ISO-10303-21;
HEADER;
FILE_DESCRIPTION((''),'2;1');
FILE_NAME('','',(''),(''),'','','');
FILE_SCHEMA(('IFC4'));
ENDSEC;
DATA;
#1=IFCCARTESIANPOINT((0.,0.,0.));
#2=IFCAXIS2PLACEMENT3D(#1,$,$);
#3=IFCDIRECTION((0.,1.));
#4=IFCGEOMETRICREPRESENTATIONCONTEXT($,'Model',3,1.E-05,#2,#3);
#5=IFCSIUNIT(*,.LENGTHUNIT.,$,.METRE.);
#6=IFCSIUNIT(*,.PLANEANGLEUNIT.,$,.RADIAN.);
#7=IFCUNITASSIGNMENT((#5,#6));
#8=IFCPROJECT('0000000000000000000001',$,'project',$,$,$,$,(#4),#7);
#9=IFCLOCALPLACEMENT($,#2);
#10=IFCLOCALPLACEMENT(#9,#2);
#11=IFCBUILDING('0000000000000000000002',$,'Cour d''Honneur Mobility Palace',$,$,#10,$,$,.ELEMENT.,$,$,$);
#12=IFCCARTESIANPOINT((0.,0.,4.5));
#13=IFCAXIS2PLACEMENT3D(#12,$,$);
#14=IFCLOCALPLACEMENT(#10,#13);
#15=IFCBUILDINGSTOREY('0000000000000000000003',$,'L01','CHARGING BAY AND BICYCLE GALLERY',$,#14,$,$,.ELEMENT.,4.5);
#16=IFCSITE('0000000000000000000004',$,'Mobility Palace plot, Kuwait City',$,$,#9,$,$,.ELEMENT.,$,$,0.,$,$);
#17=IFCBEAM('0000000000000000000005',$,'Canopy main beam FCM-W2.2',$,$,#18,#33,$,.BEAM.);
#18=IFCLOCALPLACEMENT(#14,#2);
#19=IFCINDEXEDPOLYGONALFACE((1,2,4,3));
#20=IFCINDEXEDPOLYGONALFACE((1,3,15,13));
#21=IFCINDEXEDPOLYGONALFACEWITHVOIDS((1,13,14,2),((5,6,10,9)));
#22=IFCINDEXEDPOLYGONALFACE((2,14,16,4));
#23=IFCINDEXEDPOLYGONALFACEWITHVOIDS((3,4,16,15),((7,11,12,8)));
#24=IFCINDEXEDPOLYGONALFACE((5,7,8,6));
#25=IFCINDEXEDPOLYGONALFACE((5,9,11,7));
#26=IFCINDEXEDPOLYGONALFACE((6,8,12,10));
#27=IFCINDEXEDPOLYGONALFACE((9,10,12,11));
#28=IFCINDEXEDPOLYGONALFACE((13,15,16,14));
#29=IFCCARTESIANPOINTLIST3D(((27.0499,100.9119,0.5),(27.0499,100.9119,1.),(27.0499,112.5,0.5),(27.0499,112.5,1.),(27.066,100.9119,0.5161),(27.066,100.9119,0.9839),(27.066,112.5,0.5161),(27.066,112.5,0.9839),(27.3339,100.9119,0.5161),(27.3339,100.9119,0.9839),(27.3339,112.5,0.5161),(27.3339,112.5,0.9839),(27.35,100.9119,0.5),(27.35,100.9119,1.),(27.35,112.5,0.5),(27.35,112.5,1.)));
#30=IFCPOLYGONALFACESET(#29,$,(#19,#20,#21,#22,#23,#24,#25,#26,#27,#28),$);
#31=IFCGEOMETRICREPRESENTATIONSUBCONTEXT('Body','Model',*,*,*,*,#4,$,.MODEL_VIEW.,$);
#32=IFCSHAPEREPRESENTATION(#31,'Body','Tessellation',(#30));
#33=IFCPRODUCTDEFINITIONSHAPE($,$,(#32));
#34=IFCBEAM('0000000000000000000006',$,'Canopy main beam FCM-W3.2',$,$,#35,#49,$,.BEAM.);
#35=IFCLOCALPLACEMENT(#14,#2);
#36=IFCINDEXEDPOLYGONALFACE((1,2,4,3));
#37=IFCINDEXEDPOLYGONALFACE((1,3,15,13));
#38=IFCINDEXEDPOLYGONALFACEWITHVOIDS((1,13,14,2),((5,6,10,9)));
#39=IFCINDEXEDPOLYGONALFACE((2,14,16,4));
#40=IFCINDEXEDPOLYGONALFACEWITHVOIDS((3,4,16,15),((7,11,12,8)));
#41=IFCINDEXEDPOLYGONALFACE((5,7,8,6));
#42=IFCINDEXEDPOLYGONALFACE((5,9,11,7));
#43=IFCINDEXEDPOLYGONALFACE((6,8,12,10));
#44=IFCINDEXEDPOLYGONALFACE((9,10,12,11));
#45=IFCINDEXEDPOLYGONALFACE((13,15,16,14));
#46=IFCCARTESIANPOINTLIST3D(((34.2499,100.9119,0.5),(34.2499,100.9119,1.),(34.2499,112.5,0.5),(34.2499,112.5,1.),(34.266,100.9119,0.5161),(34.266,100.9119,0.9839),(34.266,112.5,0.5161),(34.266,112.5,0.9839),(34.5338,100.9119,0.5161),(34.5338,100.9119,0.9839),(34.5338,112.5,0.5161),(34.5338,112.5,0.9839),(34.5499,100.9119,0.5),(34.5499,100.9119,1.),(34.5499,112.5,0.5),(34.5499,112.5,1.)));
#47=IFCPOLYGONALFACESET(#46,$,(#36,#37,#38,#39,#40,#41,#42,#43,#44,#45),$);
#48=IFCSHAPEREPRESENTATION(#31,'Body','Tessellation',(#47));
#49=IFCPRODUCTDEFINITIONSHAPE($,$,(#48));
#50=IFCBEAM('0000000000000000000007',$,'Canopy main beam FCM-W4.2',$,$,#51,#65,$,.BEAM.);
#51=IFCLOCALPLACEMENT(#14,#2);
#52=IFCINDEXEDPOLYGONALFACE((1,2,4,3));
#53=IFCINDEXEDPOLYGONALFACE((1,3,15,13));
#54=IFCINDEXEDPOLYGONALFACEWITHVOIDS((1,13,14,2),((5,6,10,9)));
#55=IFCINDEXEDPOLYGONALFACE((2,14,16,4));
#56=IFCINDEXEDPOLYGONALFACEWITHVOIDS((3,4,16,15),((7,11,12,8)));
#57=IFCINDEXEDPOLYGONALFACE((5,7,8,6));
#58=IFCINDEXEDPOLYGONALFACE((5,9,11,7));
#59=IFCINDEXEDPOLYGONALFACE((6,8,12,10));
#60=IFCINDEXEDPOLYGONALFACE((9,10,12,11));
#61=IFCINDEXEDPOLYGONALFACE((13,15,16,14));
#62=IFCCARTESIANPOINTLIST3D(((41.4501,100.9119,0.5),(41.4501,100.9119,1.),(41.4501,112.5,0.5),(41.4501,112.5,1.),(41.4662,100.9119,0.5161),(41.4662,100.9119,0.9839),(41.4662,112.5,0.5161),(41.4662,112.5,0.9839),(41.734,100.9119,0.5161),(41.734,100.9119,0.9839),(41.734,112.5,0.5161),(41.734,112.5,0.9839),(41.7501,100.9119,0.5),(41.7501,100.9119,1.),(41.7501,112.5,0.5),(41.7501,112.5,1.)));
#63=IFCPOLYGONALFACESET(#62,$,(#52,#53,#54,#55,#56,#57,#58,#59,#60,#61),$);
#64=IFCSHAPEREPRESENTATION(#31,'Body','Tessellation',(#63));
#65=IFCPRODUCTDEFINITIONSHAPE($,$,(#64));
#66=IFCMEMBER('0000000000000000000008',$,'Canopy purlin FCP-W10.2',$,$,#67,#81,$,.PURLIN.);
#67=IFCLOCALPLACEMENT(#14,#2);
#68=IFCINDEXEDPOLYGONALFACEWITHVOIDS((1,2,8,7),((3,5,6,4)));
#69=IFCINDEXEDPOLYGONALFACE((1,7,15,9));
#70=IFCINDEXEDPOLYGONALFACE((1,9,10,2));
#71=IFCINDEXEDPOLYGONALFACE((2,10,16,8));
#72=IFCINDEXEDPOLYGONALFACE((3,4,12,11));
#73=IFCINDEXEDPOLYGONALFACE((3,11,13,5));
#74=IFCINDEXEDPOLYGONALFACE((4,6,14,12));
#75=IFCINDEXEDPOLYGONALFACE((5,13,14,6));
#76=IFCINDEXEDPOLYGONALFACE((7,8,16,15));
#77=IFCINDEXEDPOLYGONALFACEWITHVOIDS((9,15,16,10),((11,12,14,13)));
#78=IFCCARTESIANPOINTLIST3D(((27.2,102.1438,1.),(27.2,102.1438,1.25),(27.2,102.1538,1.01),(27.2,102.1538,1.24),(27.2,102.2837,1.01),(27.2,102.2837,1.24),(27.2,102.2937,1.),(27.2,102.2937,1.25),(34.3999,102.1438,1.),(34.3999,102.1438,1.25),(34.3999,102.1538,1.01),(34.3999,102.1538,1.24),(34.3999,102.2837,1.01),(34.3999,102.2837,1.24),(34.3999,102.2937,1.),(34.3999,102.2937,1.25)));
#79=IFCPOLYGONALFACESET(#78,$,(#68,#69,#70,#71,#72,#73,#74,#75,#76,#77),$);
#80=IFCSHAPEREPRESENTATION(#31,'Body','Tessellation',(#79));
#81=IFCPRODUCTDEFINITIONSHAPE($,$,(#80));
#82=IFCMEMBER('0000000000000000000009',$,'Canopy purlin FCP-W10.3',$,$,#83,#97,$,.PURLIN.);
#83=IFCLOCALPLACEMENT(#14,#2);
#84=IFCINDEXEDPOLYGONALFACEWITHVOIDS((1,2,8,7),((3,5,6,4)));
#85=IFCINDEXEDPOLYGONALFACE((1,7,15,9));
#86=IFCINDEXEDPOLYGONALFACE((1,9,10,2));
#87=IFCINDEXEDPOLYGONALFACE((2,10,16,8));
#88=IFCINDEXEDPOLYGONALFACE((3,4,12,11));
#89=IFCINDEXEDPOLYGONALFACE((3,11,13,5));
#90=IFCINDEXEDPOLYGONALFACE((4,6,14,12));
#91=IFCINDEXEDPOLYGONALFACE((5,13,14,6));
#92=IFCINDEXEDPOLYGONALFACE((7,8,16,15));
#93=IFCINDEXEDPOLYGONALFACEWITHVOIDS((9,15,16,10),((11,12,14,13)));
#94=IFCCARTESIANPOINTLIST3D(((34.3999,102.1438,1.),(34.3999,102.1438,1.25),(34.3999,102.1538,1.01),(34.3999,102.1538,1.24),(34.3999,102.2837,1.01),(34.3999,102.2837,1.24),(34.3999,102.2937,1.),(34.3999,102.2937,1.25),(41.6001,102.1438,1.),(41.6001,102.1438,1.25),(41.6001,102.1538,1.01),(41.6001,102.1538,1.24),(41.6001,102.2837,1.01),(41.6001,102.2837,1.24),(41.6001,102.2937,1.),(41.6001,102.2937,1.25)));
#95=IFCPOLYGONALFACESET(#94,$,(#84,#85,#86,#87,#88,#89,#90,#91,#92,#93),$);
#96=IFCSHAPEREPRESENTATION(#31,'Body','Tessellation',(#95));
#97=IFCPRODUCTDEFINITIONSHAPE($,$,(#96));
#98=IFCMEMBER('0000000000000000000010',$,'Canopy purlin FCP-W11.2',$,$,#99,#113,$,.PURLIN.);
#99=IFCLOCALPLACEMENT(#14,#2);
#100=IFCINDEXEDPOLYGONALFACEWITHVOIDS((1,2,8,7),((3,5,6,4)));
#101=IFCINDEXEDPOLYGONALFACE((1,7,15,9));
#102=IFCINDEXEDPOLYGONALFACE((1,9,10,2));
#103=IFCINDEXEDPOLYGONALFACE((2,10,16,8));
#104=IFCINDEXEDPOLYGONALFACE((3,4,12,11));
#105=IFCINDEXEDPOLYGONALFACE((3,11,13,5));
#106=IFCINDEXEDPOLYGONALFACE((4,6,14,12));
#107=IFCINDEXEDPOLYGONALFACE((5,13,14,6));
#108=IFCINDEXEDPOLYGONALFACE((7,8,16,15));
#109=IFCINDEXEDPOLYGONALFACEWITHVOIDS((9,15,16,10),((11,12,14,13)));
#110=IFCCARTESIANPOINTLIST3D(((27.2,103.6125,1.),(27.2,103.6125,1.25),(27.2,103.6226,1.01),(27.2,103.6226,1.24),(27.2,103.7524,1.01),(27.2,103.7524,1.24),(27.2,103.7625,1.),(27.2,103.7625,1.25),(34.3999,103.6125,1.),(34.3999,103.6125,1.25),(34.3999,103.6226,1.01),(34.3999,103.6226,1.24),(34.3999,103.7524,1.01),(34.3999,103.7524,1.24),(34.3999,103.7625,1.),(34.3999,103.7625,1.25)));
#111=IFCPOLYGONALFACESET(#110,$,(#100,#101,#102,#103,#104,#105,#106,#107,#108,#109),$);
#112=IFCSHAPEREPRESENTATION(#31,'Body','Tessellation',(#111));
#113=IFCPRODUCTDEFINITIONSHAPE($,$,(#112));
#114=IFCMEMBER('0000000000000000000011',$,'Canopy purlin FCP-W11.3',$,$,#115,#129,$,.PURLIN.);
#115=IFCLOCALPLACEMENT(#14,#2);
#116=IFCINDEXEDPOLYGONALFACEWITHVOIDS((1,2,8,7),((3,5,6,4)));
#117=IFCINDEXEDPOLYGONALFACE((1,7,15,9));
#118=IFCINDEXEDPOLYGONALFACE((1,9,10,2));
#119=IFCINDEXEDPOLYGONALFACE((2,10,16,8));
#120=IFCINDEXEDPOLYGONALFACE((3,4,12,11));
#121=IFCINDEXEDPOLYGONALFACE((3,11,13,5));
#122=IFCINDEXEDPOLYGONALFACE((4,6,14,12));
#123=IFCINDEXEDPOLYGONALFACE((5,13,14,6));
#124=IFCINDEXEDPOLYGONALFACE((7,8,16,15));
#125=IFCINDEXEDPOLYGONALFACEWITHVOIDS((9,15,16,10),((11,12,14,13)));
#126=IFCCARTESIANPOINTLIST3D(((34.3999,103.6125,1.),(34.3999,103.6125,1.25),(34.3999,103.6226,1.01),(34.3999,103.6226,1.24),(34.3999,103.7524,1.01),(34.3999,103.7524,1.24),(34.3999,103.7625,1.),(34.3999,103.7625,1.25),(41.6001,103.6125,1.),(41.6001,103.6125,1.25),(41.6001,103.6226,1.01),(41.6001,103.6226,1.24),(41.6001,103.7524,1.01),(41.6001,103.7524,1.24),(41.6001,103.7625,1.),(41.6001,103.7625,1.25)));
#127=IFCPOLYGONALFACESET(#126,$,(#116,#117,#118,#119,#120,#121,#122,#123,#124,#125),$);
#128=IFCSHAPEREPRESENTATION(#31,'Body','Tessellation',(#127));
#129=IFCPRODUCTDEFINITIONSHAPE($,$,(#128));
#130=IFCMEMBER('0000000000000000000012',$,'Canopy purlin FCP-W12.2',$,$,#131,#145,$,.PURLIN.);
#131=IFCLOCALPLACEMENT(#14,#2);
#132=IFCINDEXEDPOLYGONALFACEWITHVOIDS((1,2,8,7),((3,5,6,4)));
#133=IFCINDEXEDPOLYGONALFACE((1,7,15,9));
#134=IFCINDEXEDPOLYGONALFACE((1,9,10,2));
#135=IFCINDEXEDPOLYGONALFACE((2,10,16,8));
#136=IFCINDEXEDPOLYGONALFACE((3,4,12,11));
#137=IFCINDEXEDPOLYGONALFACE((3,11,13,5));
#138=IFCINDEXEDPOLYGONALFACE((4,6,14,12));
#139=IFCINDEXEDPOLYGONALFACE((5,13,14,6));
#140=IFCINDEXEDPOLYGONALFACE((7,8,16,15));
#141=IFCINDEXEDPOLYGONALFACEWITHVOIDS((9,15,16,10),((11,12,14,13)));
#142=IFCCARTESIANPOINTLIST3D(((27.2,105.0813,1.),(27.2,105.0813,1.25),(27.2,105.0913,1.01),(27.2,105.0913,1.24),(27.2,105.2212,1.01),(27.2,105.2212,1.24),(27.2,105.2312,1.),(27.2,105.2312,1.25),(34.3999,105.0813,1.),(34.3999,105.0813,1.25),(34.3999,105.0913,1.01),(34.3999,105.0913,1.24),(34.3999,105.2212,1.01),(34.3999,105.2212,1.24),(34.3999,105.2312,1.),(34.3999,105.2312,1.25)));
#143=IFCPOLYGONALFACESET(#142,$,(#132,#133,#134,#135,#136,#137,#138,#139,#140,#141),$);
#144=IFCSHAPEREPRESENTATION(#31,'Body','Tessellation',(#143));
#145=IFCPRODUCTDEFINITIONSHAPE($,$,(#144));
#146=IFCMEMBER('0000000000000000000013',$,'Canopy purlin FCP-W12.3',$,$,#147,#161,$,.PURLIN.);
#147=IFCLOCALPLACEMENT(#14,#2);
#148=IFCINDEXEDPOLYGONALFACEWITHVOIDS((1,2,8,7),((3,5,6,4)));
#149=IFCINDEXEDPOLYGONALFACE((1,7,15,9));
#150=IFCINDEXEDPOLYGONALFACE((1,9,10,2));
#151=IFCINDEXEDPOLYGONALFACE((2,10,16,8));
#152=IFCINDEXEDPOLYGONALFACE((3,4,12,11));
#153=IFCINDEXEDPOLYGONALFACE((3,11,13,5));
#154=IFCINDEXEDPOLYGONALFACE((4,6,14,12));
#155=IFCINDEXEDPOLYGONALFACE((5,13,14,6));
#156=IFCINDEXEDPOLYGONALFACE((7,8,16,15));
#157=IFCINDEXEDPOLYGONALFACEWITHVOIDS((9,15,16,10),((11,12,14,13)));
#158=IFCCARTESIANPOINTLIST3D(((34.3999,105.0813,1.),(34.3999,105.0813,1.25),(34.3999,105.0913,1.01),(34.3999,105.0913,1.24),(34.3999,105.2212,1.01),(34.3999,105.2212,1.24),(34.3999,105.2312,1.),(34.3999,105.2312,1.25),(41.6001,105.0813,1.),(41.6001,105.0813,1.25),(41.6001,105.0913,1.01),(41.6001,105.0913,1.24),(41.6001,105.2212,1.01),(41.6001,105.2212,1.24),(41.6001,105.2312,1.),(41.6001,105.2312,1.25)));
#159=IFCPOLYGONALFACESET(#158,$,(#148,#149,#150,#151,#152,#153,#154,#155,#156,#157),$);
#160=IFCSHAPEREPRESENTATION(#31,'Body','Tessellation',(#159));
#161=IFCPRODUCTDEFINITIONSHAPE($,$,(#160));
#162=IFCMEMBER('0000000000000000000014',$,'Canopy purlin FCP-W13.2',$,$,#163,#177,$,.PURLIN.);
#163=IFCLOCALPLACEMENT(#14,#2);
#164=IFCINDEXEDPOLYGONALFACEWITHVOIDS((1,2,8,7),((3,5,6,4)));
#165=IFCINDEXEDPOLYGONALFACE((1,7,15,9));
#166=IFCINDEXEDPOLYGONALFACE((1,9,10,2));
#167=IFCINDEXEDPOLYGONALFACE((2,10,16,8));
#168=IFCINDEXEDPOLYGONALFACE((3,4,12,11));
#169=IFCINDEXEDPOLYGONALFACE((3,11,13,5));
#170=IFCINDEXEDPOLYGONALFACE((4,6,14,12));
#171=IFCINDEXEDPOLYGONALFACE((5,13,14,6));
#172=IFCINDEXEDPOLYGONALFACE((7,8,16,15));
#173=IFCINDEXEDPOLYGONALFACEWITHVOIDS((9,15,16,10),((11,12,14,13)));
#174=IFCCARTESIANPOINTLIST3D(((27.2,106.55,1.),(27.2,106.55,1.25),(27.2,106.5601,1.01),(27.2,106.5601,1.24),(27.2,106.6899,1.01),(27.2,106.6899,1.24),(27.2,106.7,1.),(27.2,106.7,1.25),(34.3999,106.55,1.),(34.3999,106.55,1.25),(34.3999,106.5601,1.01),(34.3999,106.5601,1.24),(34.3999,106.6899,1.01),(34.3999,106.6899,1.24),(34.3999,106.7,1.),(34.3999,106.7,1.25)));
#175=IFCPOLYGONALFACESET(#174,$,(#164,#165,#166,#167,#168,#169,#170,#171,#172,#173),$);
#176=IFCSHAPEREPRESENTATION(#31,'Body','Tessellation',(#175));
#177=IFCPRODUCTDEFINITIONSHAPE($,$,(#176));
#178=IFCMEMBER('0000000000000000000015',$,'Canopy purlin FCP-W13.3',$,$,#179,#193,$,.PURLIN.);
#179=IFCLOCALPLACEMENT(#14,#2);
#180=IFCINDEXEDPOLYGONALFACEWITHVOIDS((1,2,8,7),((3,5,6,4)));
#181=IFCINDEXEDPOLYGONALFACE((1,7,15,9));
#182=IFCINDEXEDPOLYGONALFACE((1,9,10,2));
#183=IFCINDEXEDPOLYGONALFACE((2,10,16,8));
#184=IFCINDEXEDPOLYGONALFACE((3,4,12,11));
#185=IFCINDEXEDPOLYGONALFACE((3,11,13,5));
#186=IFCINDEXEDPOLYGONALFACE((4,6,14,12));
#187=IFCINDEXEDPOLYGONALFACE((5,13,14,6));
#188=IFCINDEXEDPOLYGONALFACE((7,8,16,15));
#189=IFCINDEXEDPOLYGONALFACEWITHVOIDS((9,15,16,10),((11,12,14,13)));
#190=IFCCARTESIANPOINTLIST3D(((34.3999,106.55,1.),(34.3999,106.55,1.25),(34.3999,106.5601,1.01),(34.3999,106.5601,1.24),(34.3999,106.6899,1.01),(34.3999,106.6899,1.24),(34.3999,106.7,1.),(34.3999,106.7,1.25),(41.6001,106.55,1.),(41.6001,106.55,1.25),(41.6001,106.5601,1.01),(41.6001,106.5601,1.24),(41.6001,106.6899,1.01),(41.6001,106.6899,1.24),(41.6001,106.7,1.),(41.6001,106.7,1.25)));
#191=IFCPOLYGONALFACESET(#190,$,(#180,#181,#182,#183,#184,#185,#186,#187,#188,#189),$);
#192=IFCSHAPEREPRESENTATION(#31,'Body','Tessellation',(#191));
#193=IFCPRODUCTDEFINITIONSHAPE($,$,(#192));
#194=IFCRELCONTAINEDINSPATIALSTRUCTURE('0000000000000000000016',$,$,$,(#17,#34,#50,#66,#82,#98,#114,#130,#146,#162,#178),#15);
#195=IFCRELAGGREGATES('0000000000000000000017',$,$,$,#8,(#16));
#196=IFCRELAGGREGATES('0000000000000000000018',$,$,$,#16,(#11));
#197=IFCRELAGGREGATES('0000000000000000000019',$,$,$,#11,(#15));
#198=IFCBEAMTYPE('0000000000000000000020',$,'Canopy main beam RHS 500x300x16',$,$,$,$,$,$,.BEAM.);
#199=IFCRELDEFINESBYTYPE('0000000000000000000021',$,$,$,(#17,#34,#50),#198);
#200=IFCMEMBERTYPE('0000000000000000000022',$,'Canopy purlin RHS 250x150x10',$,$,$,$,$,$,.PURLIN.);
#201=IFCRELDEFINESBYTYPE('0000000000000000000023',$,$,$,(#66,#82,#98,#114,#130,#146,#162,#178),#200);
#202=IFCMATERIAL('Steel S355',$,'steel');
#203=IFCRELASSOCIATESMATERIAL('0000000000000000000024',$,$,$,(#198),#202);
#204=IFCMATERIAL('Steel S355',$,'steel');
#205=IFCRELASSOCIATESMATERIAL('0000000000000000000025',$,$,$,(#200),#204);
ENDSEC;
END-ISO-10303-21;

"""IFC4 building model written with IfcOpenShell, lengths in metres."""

from ifc_helpers import new_model, si_unit, direction, frame, origin, origin_2d, place, context, subcontext, project, spatial, hollow_rectangle, extrude, material, material_profile, profile_set, type_object, element, save


model = new_model("IFC4")

# Units and contexts
model_context = context("Model", 3, precision=1e-05, world=origin(), true_north=direction((0.0, 1.0)))
body_context = subcontext(model_context, "Body", "Model", "MODEL_VIEW")
ifc_project = project(units=[si_unit("LENGTHUNIT", "METRE"), si_unit("PLANEANGLEUNIT", "RADIAN")], contexts=[model_context])

# Site, building, storey
site_placement = place(None, origin())
site = spatial("IfcSite", under=ifc_project, at=site_placement, Name="Mobility Palace plot, Kuwait City", CompositionType="ELEMENT", RefElevation=0.0)
building_placement = place(site_placement, origin())
building = spatial("IfcBuilding", under=site, at=building_placement, Name="Cour d'Honneur Mobility Palace", CompositionType="ELEMENT")
storey_placement = place(building_placement, frame((0.0, 0.0, 4.5)))
storey = spatial("IfcBuildingStorey", under=building, at=storey_placement, Name="L01", Description="CHARGING BAY AND BICYCLE GALLERY", CompositionType="ELEMENT", Elevation=4.5)

# Beams
ifc_material_1 = material(Name="Steel S355", Category="steel")
ifc_material_profile_1 = material_profile(ifc_material_1, hollow_rectangle(XDim=0.3, YDim=0.5, WallThickness=0.0161, at=origin_2d()), Name="RHS 500x300x16")
ifc_profile_set_1 = profile_set([ifc_material_profile_1], Name="Steel S355")
beam_type_1 = type_object("IfcBeamType", Name="Canopy main beam RHS 500x300x16", PredefinedType="BEAM", material=ifc_profile_set_1)
for number, where, z_axis, x_axis, name in (
    (1, (27.2, 100.9119, 0.75), (0.0, 1.0, 0.0), (-1.0, 0.0, 0.0), "Canopy main beam FCM-W2.2"),
    (2, (34.3999, 100.9119, 0.75), (0.0, 1.0, 0.0), (-1.0, 0.0, 0.0), "Canopy main beam FCM-W3.2"),
    (3, (41.6001, 100.9119, 0.75), (0.0, 1.0, 0.0), (-1.0, 0.0, 0.0), "Canopy main beam FCM-W4.2"),
):
    element("IfcBeam", number, at=place(storey_placement, frame(where, z_axis=z_axis, x_axis=x_axis)), inside=storey, type_object=beam_type_1, Name=name, PredefinedType="BEAM", context=body_context, shape_type="SweptSolid", body=[
        extrude(hollow_rectangle(XDim=0.3, YDim=0.5, WallThickness=0.0161, at=origin_2d()), origin(), (0.0, 0.0, 1.0), 11.5881),
    ])

# Members
ifc_material_2 = material(Name="Steel S355", Category="steel")
ifc_material_profile_2 = material_profile(ifc_material_2, hollow_rectangle(XDim=0.1499, YDim=0.25, WallThickness=0.01, at=origin_2d()), Name="RHS 250x150x10")
ifc_profile_set_2 = profile_set([ifc_material_profile_2], Name="Steel S355")
member_type = type_object("IfcMemberType", Name="Canopy purlin RHS 250x150x10", PredefinedType="PURLIN", material=ifc_profile_set_2)
member_1_placement = place(storey_placement, frame((27.2, 102.2188, 1.125), z_axis=(1.0, 0.0, 0.0), x_axis=(0.0, 1.0, 0.0)))
element("IfcMember", 4, at=member_1_placement, inside=storey, type_object=member_type, Name="Canopy purlin FCP-W10.2", PredefinedType="PURLIN", context=body_context, shape_type="SweptSolid", body=[
    extrude(hollow_rectangle(XDim=0.1499, YDim=0.25, WallThickness=0.01, at=origin_2d()), origin(), (0.0, 0.0, 1.0), 7.2),
])
member_2_placement = place(storey_placement, frame((34.3999, 102.2188, 1.125), z_axis=(1.0, 0.0, 0.0), x_axis=(0.0, 1.0, 0.0)))
element("IfcMember", 5, at=member_2_placement, inside=storey, type_object=member_type, Name="Canopy purlin FCP-W10.3", PredefinedType="PURLIN", context=body_context, shape_type="SweptSolid", body=[
    extrude(hollow_rectangle(XDim=0.1499, YDim=0.25, WallThickness=0.01, at=origin_2d()), origin(), (0.0, 0.0, 1.0), 7.2002),
])
member_3_placement = place(storey_placement, frame((27.2, 103.6875, 1.125), z_axis=(1.0, 0.0, 0.0), x_axis=(0.0, 1.0, 0.0)))
element("IfcMember", 6, at=member_3_placement, inside=storey, type_object=member_type, Name="Canopy purlin FCP-W11.2", PredefinedType="PURLIN", context=body_context, shape_type="SweptSolid", body=[
    extrude(hollow_rectangle(XDim=0.1499, YDim=0.25, WallThickness=0.01, at=origin_2d()), origin(), (0.0, 0.0, 1.0), 7.2),
])
member_4_placement = place(storey_placement, frame((34.3999, 103.6875, 1.125), z_axis=(1.0, 0.0, 0.0), x_axis=(0.0, 1.0, 0.0)))
element("IfcMember", 7, at=member_4_placement, inside=storey, type_object=member_type, Name="Canopy purlin FCP-W11.3", PredefinedType="PURLIN", context=body_context, shape_type="SweptSolid", body=[
    extrude(hollow_rectangle(XDim=0.1499, YDim=0.25, WallThickness=0.01, at=origin_2d()), origin(), (0.0, 0.0, 1.0), 7.2002),
])
member_5_placement = place(storey_placement, frame((27.2, 105.1562, 1.125), z_axis=(1.0, 0.0, 0.0), x_axis=(0.0, 1.0, 0.0)))
element("IfcMember", 8, at=member_5_placement, inside=storey, type_object=member_type, Name="Canopy purlin FCP-W12.2", PredefinedType="PURLIN", context=body_context, shape_type="SweptSolid", body=[
    extrude(hollow_rectangle(XDim=0.1499, YDim=0.25, WallThickness=0.01, at=origin_2d()), origin(), (0.0, 0.0, 1.0), 7.2),
])
member_6_placement = place(storey_placement, frame((34.3999, 105.1562, 1.125), z_axis=(1.0, 0.0, 0.0), x_axis=(0.0, 1.0, 0.0)))
element("IfcMember", 9, at=member_6_placement, inside=storey, type_object=member_type, Name="Canopy purlin FCP-W12.3", PredefinedType="PURLIN", context=body_context, shape_type="SweptSolid", body=[
    extrude(hollow_rectangle(XDim=0.1499, YDim=0.25, WallThickness=0.01, at=origin_2d()), origin(), (0.0, 0.0, 1.0), 7.2002),
])
member_7_placement = place(storey_placement, frame((27.2, 106.625, 1.125), z_axis=(1.0, 0.0, 0.0), x_axis=(0.0, 1.0, 0.0)))
element("IfcMember", 10, at=member_7_placement, inside=storey, type_object=member_type, Name="Canopy purlin FCP-W13.2", PredefinedType="PURLIN", context=body_context, shape_type="SweptSolid", body=[
    extrude(hollow_rectangle(XDim=0.1499, YDim=0.25, WallThickness=0.01, at=origin_2d()), origin(), (0.0, 0.0, 1.0), 7.2),
])
member_8_placement = place(storey_placement, frame((34.3999, 106.625, 1.125), z_axis=(1.0, 0.0, 0.0), x_axis=(0.0, 1.0, 0.0)))
element("IfcMember", 11, at=member_8_placement, inside=storey, type_object=member_type, Name="Canopy purlin FCP-W13.3", PredefinedType="PURLIN", context=body_context, shape_type="SweptSolid", body=[
    extrude(hollow_rectangle(XDim=0.1499, YDim=0.25, WallThickness=0.01, at=origin_2d()), origin(), (0.0, 0.0, 1.0), 7.2002),
])

save(model, "model.ifc")
